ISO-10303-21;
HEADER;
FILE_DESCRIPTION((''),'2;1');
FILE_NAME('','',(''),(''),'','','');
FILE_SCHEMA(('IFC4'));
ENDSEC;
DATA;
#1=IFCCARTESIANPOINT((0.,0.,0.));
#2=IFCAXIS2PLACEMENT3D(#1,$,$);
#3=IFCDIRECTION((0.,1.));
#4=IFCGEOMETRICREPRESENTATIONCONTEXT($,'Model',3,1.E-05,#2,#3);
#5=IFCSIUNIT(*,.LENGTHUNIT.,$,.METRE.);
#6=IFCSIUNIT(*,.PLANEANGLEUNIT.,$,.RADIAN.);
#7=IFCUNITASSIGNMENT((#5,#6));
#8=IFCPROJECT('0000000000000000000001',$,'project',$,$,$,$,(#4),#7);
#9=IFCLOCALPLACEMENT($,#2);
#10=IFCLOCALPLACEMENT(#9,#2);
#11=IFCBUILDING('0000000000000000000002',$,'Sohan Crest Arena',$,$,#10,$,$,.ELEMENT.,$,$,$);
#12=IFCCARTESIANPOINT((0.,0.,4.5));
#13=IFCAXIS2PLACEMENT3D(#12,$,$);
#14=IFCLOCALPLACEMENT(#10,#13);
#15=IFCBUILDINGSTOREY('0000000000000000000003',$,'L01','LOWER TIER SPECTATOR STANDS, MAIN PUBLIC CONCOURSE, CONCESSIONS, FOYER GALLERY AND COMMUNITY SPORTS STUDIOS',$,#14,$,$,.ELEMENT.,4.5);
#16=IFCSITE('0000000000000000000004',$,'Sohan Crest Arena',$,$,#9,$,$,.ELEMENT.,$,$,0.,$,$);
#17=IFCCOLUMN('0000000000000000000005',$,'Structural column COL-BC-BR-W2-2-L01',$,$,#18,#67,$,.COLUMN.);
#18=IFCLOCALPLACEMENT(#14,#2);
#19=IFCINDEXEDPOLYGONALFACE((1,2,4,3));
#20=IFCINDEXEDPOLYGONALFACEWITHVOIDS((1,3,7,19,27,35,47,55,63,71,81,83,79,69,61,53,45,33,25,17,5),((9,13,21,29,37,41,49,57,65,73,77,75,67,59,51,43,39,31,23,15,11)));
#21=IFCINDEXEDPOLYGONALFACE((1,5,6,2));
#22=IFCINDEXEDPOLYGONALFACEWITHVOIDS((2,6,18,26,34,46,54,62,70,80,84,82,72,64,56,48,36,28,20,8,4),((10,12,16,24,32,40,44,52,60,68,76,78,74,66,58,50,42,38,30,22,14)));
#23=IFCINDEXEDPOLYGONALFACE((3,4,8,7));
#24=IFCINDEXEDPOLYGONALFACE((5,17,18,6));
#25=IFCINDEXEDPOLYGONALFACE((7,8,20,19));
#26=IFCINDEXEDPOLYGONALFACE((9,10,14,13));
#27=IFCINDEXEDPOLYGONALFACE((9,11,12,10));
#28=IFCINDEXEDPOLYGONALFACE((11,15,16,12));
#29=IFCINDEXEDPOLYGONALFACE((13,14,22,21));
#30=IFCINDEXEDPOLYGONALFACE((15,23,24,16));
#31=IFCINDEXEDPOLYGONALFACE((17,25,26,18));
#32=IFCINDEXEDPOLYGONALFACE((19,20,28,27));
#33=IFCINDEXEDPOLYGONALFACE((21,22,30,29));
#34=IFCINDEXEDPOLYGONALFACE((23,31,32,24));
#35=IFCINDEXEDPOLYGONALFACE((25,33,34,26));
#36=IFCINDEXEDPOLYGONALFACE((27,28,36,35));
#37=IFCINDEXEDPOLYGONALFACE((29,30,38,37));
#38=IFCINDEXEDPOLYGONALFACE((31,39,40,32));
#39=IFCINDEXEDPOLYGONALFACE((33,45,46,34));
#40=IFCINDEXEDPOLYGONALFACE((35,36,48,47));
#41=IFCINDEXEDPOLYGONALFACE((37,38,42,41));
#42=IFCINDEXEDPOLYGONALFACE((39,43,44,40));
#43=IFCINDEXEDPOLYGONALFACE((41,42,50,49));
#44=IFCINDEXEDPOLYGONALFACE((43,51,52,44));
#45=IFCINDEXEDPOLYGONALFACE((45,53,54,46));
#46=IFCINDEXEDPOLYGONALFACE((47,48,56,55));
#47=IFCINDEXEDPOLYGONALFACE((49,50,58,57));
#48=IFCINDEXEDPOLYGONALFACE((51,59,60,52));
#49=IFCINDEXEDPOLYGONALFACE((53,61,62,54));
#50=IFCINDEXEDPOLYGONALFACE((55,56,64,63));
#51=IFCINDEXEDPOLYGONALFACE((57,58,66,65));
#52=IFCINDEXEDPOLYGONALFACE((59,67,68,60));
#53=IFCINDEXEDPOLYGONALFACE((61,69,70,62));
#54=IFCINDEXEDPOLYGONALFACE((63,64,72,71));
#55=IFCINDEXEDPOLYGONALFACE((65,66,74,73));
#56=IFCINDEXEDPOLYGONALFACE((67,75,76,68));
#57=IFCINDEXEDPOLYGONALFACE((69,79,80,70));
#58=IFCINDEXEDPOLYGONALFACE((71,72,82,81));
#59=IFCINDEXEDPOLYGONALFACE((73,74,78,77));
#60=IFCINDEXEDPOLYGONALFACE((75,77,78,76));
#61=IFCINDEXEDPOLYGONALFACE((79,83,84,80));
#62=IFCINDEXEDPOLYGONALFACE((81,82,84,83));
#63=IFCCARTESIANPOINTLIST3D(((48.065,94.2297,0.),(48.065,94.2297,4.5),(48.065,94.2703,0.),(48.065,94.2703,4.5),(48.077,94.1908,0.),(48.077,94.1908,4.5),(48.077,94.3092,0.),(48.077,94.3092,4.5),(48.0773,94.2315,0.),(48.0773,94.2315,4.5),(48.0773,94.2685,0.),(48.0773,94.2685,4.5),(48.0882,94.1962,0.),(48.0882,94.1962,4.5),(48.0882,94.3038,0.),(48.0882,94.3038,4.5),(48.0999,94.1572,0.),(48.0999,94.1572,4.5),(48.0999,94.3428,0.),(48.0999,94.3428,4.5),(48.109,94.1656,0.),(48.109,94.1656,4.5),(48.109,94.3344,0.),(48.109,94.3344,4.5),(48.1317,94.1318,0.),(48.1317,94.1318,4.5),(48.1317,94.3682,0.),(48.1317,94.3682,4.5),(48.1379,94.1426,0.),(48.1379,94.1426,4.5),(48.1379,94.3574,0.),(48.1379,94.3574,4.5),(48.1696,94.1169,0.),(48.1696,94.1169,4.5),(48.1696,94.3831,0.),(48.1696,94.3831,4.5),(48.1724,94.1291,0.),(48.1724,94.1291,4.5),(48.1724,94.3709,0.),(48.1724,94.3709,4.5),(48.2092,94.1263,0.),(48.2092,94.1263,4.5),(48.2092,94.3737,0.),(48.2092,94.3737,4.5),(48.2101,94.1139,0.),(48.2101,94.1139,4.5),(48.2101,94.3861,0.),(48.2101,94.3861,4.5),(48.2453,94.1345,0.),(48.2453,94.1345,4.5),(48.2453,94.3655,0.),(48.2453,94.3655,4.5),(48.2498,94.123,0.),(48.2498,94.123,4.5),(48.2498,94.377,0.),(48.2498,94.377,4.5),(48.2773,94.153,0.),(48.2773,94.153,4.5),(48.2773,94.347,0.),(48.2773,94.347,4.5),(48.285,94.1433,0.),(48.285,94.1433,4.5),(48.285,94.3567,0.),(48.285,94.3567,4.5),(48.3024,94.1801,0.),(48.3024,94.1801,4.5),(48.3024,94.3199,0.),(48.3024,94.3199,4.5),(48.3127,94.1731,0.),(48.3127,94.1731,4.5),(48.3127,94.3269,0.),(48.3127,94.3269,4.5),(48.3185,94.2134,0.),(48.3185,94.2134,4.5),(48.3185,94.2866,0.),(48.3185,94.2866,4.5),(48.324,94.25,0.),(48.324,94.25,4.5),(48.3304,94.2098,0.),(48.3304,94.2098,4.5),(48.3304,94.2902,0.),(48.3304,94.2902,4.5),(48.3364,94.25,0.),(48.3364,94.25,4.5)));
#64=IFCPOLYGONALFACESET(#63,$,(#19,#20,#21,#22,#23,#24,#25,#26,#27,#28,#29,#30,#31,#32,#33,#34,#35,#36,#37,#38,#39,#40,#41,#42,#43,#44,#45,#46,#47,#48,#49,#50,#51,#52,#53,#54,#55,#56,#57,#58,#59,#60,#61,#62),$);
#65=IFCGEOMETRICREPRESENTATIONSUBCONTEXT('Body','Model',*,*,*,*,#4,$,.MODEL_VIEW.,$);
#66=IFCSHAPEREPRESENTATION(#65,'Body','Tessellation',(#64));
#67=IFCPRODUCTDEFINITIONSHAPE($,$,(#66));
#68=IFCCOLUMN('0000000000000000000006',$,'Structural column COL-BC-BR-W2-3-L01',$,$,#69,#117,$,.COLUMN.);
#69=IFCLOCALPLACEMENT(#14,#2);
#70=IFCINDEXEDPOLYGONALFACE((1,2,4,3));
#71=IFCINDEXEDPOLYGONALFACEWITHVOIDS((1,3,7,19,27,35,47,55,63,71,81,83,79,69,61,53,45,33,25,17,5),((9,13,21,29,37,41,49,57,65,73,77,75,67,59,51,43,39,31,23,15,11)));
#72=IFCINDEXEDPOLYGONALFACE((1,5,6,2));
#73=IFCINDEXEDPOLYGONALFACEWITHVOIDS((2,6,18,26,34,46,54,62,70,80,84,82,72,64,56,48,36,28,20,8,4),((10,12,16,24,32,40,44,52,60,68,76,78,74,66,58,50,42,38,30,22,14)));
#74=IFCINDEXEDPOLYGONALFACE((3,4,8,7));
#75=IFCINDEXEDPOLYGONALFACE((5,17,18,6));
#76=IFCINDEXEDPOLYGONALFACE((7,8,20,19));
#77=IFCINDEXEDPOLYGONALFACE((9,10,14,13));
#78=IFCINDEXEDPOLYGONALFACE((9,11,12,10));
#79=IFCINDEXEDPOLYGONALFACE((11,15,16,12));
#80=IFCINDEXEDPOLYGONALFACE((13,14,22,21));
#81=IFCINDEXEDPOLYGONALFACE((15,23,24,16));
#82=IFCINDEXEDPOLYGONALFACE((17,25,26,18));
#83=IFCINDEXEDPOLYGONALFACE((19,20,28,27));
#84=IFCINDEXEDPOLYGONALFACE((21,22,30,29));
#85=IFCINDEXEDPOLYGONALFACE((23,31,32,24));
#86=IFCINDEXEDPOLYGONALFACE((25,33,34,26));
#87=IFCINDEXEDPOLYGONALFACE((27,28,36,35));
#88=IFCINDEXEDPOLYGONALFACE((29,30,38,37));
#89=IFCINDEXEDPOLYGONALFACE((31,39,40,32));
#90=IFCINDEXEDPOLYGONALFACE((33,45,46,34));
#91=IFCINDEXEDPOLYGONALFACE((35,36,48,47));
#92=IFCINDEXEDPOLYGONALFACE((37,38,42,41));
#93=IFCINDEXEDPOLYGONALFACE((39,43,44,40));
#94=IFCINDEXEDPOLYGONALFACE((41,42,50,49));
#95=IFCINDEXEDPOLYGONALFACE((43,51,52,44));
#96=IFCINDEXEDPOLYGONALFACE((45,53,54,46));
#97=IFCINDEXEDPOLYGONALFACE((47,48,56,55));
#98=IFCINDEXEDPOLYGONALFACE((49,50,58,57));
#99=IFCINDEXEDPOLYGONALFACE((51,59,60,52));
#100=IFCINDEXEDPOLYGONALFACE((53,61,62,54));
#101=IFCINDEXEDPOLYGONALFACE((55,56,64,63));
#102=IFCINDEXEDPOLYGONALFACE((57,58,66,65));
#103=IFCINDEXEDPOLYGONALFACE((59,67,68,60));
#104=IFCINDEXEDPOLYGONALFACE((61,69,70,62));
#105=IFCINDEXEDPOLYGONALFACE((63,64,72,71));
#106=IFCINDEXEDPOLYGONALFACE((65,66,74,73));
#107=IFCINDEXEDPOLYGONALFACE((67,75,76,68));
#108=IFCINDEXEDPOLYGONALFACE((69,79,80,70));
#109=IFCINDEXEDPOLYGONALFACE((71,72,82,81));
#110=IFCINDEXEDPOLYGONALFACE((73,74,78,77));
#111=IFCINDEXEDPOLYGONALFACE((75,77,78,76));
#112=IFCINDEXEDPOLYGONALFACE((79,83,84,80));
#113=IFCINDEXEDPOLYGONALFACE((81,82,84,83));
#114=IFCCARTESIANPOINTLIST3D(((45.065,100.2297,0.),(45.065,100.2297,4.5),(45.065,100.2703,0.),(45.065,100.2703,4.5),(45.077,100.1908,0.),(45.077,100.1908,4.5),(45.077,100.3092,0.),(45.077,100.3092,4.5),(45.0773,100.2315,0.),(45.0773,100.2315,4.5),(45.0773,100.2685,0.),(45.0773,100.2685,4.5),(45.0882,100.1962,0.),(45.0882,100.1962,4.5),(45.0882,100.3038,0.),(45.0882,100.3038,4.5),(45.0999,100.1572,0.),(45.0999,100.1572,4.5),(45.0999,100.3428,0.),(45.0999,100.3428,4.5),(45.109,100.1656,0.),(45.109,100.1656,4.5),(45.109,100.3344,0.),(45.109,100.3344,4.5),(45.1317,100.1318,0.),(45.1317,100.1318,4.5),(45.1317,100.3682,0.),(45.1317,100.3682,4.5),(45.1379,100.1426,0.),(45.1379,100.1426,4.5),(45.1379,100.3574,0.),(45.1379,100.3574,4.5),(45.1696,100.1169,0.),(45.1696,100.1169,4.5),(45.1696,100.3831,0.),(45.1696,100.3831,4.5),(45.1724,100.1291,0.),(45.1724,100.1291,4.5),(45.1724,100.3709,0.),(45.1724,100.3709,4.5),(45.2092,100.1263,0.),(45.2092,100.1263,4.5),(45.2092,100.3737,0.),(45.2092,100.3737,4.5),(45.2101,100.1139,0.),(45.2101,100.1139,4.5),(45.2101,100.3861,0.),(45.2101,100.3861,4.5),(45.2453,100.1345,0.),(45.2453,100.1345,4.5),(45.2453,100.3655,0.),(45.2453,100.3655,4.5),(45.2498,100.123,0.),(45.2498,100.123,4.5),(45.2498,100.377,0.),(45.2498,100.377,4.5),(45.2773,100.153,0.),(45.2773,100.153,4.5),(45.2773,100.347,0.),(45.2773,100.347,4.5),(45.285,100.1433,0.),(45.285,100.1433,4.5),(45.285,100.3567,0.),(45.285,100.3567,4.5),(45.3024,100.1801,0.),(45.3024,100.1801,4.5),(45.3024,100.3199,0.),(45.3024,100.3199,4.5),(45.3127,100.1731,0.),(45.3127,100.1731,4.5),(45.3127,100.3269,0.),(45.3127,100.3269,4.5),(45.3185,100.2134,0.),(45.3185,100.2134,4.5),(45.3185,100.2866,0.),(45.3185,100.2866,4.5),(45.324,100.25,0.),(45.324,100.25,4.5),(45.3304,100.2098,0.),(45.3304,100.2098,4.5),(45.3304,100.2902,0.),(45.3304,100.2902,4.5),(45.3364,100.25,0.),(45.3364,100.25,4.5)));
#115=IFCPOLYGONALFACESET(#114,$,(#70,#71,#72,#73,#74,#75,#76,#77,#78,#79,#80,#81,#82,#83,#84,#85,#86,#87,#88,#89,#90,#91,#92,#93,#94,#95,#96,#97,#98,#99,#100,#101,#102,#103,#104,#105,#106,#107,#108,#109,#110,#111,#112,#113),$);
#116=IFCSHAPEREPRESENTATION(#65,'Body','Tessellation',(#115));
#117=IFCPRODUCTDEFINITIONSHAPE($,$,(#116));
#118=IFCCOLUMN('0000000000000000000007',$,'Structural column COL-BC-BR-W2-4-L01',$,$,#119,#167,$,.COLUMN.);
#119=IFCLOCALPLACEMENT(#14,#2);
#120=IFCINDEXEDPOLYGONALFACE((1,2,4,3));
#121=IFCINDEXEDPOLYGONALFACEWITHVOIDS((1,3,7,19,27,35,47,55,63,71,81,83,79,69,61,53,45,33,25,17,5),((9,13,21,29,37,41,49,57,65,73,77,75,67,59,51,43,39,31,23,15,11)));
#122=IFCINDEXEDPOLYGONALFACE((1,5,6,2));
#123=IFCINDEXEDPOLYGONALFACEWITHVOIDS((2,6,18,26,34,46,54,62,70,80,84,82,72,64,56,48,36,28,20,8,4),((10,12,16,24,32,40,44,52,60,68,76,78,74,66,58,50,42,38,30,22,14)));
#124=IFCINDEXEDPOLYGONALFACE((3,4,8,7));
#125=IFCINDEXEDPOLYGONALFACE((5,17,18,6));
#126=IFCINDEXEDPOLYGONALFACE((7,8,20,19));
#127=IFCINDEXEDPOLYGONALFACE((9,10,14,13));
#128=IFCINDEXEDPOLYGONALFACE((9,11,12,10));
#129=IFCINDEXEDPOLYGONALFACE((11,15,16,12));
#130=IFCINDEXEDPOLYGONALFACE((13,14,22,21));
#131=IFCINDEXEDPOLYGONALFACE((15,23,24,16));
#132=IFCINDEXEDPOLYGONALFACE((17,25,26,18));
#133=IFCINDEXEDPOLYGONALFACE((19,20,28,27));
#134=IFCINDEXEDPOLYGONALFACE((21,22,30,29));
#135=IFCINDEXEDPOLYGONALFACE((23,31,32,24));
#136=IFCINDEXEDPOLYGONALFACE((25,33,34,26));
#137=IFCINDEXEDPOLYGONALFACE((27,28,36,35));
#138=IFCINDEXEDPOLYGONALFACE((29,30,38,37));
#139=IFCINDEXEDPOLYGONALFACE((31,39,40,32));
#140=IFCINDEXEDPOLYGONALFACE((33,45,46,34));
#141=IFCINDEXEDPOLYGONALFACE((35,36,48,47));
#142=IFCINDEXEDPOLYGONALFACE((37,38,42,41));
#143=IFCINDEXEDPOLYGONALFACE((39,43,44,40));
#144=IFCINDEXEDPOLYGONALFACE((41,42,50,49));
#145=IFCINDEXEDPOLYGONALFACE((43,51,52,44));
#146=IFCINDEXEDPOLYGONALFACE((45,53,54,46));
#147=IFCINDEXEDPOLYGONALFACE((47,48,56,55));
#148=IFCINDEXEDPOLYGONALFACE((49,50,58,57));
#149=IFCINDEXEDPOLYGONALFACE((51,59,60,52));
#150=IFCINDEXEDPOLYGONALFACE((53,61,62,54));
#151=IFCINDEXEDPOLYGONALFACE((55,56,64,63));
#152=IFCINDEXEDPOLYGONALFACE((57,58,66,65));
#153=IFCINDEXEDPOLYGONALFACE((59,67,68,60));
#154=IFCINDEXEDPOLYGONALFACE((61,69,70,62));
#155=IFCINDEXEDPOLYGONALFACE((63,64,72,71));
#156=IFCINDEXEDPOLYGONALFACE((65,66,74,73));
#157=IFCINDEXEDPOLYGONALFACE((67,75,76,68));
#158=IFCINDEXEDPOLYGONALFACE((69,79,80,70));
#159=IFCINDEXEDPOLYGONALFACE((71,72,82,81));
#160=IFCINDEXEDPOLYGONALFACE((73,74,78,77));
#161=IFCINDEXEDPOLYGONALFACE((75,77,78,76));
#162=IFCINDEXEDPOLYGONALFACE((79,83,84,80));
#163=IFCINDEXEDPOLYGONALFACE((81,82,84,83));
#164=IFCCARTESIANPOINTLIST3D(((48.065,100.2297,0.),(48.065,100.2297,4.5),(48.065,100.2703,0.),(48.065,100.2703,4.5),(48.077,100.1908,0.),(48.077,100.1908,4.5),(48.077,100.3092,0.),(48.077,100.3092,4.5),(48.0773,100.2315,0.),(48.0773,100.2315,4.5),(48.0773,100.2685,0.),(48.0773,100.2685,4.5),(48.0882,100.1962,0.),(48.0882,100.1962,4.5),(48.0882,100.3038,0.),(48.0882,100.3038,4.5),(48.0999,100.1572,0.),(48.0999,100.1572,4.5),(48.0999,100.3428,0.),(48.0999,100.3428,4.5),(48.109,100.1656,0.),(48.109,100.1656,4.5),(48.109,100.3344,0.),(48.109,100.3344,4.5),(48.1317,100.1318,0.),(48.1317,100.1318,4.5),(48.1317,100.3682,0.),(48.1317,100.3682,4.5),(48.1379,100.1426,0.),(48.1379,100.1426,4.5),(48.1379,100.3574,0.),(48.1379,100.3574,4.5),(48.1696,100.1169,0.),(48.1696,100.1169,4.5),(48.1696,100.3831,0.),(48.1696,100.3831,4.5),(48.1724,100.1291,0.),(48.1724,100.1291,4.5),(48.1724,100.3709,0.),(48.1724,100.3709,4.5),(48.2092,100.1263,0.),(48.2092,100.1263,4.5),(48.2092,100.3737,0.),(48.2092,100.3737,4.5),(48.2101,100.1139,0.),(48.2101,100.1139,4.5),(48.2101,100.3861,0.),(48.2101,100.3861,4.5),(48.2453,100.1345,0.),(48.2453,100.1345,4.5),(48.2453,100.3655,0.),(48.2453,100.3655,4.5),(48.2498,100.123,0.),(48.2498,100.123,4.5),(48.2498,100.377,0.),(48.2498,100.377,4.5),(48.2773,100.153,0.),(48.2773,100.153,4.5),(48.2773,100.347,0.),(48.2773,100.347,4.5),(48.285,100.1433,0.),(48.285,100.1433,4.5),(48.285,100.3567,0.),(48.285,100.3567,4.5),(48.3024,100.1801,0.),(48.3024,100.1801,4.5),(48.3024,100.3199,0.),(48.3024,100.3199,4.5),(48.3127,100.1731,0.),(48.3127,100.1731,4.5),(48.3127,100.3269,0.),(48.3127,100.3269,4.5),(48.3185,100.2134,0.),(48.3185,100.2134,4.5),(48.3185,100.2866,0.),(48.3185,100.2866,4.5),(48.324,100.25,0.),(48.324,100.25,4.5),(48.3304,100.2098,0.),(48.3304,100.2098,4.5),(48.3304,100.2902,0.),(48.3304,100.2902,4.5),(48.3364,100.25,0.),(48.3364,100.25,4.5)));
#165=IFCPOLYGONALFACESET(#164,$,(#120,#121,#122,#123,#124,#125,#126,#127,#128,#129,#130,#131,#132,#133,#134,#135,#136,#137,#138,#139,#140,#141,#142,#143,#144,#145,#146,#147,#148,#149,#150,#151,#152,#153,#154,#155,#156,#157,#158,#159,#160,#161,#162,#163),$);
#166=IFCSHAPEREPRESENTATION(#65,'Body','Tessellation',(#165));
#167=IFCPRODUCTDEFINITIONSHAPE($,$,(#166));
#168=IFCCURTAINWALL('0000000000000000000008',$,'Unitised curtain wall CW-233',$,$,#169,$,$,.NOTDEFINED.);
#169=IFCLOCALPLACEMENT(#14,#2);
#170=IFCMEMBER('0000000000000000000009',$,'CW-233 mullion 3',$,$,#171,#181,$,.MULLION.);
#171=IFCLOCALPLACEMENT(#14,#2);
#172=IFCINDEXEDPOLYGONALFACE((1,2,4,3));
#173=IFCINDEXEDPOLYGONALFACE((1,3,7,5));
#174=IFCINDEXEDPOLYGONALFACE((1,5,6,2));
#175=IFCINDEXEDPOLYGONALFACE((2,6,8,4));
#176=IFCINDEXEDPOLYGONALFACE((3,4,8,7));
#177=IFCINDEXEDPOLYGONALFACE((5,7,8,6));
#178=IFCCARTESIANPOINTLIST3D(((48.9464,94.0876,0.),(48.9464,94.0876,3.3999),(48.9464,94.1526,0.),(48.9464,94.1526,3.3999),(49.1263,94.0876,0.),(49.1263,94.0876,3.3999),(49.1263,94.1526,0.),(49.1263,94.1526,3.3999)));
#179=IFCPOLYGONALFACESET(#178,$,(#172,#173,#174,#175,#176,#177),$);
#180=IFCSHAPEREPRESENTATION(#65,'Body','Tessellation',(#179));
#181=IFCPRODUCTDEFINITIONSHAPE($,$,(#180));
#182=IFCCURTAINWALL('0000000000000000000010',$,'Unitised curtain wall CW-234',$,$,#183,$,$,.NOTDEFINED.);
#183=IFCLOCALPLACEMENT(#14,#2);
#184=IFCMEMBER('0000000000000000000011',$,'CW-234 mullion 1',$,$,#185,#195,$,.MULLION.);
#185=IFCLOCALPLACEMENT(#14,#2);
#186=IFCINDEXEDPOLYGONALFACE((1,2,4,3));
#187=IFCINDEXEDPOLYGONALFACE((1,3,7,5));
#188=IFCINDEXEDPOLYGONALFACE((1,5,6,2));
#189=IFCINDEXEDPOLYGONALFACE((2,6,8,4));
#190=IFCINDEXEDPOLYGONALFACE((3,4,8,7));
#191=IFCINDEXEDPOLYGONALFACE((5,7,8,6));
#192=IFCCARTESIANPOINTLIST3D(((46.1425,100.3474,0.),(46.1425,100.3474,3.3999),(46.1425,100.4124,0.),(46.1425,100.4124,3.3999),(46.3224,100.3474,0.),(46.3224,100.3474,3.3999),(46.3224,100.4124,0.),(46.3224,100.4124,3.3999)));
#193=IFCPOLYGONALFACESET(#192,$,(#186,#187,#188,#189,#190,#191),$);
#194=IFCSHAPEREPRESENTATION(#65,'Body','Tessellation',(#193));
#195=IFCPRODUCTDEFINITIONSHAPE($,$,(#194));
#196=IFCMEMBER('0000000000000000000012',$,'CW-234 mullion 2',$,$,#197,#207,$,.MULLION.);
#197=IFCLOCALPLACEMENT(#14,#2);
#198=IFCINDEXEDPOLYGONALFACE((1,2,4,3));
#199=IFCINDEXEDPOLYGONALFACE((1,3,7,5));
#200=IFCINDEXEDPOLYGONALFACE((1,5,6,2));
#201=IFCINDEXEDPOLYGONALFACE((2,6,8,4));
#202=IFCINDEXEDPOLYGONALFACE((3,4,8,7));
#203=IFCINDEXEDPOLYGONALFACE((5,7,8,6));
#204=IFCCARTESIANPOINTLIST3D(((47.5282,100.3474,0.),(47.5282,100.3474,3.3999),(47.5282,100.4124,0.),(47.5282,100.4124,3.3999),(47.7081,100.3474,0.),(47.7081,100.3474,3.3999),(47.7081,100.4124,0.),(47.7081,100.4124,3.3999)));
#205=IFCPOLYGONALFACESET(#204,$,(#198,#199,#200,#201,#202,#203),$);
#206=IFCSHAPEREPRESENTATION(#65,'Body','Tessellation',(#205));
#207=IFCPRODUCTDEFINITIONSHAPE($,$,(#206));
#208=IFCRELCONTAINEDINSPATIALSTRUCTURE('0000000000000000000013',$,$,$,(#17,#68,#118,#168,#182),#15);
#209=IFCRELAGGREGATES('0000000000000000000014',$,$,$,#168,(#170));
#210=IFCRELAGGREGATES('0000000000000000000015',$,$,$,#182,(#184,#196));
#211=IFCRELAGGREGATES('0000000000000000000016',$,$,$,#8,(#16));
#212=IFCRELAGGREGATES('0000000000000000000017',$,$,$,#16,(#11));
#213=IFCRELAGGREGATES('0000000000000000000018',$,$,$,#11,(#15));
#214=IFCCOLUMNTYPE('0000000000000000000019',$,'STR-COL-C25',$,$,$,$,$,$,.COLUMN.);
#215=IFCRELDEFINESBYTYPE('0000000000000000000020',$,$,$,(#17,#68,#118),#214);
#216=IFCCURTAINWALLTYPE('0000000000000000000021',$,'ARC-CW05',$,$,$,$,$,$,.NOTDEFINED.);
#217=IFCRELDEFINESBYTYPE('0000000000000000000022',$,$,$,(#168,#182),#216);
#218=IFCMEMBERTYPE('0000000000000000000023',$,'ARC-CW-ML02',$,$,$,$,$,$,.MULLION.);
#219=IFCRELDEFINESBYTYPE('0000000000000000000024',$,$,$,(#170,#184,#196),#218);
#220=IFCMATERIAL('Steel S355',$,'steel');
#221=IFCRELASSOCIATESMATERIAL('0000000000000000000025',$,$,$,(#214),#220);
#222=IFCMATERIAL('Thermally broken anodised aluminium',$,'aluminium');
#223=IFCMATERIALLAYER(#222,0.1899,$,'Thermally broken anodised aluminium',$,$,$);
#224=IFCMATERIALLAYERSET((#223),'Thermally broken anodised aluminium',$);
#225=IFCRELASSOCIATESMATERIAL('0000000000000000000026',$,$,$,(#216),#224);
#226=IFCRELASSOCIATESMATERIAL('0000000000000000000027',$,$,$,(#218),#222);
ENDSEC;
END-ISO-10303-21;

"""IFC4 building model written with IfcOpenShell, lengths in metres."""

from ifc_helpers import new_model, si_unit, direction, frame, origin, origin_2d, place, context, subcontext, project, spatial, rectangle, hollow_circle, extrude, material, layer, layer_set, material_profile, profile_set, type_object, element, aggregate, save


model = new_model("IFC4")

# Units and contexts
model_context = context("Model", 3, precision=1e-05, world=origin(), true_north=direction((0.0, 1.0)))
body_context = subcontext(model_context, "Body", "Model", "MODEL_VIEW")
ifc_project = project(units=[si_unit("LENGTHUNIT", "METRE"), si_unit("PLANEANGLEUNIT", "RADIAN")], contexts=[model_context])

# Site, building, storey
site_placement = place(None, origin())
site = spatial("IfcSite", under=ifc_project, at=site_placement, Name="Sohan Crest Arena", CompositionType="ELEMENT", RefElevation=0.0)
building_placement = place(site_placement, origin())
building = spatial("IfcBuilding", under=site, at=building_placement, Name="Sohan Crest Arena", CompositionType="ELEMENT")
storey_placement = place(building_placement, frame((0.0, 0.0, 4.5)))
storey = spatial("IfcBuildingStorey", under=building, at=storey_placement, Name="L01", Description="LOWER TIER SPECTATOR STANDS, MAIN PUBLIC CONCOURSE, CONCESSIONS, FOYER GALLERY AND COMMUNITY SPORTS STUDIOS", CompositionType="ELEMENT", Elevation=4.5)

# Columns
ifc_material_1 = material(Name="Steel S355", Category="steel")
ifc_material_profile_1 = material_profile(ifc_material_1, hollow_circle(Radius=0.1365, WallThickness=0.0125, at=origin_2d()), Name="CHS 273x12.5")
ifc_profile_set_1 = profile_set([ifc_material_profile_1], Name="Steel S355")
column_type = type_object("IfcColumnType", Name="STR-COL-C25", PredefinedType="COLUMN", material=ifc_profile_set_1)
for number, where, z_axis, x_axis, name in (
    (1, (48.2, 94.25, 0.0), (0.0, 0.0, 1.0), (1.0, 0.0, 0.0), "Structural column COL-BC-BR-W2-2-L01"),
    (2, (45.2, 100.25, 0.0), (0.0, 0.0, 1.0), (1.0, 0.0, 0.0), "Structural column COL-BC-BR-W2-3-L01"),
    (3, (48.2, 100.25, 0.0), (0.0, 0.0, 1.0), (1.0, 0.0, 0.0), "Structural column COL-BC-BR-W2-4-L01"),
):
    element("IfcColumn", number, at=place(storey_placement, frame(where, z_axis=z_axis, x_axis=x_axis)), inside=storey, type_object=column_type, Name=name, PredefinedType="COLUMN", context=body_context, shape_type="SweptSolid", body=[
        extrude(hollow_circle(Radius=0.1365, WallThickness=0.0125, at=origin_2d()), origin(), (0.0, 0.0, 1.0), 4.5),
    ])

# Curtain wall, member
ifc_material_2 = material(Name="Thermally broken anodised aluminium", Category="aluminium")
ifc_layer_1 = layer(ifc_material_2, 0.1899, Name="Thermally broken anodised aluminium")
ifc_layer_set_1 = layer_set([ifc_layer_1], Name="Thermally broken anodised aluminium")
curtain_wall_type = type_object("IfcCurtainWallType", Name="ARC-CW05", PredefinedType="NOTDEFINED", material=ifc_layer_set_1)
curtain_wall_1_placement = place(storey_placement, origin())
curtain_wall_1 = element("IfcCurtainWall", 4, at=curtain_wall_1_placement, inside=storey, type_object=curtain_wall_type, Name="Unitised curtain wall CW-233", PredefinedType="NOTDEFINED")
ifc_material_profile_2 = material_profile(ifc_material_2, rectangle(XDim=0.0649, YDim=0.1799, at=origin_2d()), Name="ALU-MULL 65x180")
ifc_profile_set_2 = profile_set([ifc_material_profile_2], Name="Thermally broken anodised aluminium")
member_type_1 = type_object("IfcMemberType", Name="ARC-CW-ML02", PredefinedType="MULLION", material=ifc_profile_set_2)
member_1_placement = place(storey_placement, frame((49.0364, 94.1201, 0.0), z_axis=(0.0, 0.0, 1.0), x_axis=(0.0, 1.0, 0.0)))
member_1 = element("IfcMember", 5, at=member_1_placement, type_object=member_type_1, Name="CW-233 mullion 3", PredefinedType="MULLION", context=body_context, shape_type="SweptSolid", body=[
    extrude(rectangle(XDim=0.0649, YDim=0.1799, at=origin_2d()), origin(), (0.0, 0.0, 1.0), 3.3999),
])

# Curtain wall, members
curtain_wall_2_placement = place(storey_placement, origin())
curtain_wall_2 = element("IfcCurtainWall", 6, at=curtain_wall_2_placement, inside=storey, type_object=curtain_wall_type, Name="Unitised curtain wall CW-234", PredefinedType="NOTDEFINED")
member_2_placement = place(storey_placement, frame((46.2324, 100.3799, 0.0), z_axis=(0.0, 0.0, 1.0), x_axis=(0.0, 1.0, 0.0)))
member_2 = element("IfcMember", 7, at=member_2_placement, type_object=member_type_1, Name="CW-234 mullion 1", PredefinedType="MULLION", context=body_context, shape_type="SweptSolid", body=[
    extrude(rectangle(XDim=0.0649, YDim=0.1799, at=origin_2d()), origin(), (0.0, 0.0, 1.0), 3.3999),
])
member_3_placement = place(storey_placement, frame((47.6182, 100.3799, 0.0), z_axis=(0.0, 0.0, 1.0), x_axis=(0.0, 1.0, 0.0)))
member_3 = element("IfcMember", 8, at=member_3_placement, type_object=member_type_1, Name="CW-234 mullion 2", PredefinedType="MULLION", context=body_context, shape_type="SweptSolid", body=[
    extrude(rectangle(XDim=0.0649, YDim=0.1799, at=origin_2d()), origin(), (0.0, 0.0, 1.0), 3.3999),
])

aggregate(curtain_wall_1, [member_1])
aggregate(curtain_wall_2, [member_2, member_3])

save(model, "model.ifc")
